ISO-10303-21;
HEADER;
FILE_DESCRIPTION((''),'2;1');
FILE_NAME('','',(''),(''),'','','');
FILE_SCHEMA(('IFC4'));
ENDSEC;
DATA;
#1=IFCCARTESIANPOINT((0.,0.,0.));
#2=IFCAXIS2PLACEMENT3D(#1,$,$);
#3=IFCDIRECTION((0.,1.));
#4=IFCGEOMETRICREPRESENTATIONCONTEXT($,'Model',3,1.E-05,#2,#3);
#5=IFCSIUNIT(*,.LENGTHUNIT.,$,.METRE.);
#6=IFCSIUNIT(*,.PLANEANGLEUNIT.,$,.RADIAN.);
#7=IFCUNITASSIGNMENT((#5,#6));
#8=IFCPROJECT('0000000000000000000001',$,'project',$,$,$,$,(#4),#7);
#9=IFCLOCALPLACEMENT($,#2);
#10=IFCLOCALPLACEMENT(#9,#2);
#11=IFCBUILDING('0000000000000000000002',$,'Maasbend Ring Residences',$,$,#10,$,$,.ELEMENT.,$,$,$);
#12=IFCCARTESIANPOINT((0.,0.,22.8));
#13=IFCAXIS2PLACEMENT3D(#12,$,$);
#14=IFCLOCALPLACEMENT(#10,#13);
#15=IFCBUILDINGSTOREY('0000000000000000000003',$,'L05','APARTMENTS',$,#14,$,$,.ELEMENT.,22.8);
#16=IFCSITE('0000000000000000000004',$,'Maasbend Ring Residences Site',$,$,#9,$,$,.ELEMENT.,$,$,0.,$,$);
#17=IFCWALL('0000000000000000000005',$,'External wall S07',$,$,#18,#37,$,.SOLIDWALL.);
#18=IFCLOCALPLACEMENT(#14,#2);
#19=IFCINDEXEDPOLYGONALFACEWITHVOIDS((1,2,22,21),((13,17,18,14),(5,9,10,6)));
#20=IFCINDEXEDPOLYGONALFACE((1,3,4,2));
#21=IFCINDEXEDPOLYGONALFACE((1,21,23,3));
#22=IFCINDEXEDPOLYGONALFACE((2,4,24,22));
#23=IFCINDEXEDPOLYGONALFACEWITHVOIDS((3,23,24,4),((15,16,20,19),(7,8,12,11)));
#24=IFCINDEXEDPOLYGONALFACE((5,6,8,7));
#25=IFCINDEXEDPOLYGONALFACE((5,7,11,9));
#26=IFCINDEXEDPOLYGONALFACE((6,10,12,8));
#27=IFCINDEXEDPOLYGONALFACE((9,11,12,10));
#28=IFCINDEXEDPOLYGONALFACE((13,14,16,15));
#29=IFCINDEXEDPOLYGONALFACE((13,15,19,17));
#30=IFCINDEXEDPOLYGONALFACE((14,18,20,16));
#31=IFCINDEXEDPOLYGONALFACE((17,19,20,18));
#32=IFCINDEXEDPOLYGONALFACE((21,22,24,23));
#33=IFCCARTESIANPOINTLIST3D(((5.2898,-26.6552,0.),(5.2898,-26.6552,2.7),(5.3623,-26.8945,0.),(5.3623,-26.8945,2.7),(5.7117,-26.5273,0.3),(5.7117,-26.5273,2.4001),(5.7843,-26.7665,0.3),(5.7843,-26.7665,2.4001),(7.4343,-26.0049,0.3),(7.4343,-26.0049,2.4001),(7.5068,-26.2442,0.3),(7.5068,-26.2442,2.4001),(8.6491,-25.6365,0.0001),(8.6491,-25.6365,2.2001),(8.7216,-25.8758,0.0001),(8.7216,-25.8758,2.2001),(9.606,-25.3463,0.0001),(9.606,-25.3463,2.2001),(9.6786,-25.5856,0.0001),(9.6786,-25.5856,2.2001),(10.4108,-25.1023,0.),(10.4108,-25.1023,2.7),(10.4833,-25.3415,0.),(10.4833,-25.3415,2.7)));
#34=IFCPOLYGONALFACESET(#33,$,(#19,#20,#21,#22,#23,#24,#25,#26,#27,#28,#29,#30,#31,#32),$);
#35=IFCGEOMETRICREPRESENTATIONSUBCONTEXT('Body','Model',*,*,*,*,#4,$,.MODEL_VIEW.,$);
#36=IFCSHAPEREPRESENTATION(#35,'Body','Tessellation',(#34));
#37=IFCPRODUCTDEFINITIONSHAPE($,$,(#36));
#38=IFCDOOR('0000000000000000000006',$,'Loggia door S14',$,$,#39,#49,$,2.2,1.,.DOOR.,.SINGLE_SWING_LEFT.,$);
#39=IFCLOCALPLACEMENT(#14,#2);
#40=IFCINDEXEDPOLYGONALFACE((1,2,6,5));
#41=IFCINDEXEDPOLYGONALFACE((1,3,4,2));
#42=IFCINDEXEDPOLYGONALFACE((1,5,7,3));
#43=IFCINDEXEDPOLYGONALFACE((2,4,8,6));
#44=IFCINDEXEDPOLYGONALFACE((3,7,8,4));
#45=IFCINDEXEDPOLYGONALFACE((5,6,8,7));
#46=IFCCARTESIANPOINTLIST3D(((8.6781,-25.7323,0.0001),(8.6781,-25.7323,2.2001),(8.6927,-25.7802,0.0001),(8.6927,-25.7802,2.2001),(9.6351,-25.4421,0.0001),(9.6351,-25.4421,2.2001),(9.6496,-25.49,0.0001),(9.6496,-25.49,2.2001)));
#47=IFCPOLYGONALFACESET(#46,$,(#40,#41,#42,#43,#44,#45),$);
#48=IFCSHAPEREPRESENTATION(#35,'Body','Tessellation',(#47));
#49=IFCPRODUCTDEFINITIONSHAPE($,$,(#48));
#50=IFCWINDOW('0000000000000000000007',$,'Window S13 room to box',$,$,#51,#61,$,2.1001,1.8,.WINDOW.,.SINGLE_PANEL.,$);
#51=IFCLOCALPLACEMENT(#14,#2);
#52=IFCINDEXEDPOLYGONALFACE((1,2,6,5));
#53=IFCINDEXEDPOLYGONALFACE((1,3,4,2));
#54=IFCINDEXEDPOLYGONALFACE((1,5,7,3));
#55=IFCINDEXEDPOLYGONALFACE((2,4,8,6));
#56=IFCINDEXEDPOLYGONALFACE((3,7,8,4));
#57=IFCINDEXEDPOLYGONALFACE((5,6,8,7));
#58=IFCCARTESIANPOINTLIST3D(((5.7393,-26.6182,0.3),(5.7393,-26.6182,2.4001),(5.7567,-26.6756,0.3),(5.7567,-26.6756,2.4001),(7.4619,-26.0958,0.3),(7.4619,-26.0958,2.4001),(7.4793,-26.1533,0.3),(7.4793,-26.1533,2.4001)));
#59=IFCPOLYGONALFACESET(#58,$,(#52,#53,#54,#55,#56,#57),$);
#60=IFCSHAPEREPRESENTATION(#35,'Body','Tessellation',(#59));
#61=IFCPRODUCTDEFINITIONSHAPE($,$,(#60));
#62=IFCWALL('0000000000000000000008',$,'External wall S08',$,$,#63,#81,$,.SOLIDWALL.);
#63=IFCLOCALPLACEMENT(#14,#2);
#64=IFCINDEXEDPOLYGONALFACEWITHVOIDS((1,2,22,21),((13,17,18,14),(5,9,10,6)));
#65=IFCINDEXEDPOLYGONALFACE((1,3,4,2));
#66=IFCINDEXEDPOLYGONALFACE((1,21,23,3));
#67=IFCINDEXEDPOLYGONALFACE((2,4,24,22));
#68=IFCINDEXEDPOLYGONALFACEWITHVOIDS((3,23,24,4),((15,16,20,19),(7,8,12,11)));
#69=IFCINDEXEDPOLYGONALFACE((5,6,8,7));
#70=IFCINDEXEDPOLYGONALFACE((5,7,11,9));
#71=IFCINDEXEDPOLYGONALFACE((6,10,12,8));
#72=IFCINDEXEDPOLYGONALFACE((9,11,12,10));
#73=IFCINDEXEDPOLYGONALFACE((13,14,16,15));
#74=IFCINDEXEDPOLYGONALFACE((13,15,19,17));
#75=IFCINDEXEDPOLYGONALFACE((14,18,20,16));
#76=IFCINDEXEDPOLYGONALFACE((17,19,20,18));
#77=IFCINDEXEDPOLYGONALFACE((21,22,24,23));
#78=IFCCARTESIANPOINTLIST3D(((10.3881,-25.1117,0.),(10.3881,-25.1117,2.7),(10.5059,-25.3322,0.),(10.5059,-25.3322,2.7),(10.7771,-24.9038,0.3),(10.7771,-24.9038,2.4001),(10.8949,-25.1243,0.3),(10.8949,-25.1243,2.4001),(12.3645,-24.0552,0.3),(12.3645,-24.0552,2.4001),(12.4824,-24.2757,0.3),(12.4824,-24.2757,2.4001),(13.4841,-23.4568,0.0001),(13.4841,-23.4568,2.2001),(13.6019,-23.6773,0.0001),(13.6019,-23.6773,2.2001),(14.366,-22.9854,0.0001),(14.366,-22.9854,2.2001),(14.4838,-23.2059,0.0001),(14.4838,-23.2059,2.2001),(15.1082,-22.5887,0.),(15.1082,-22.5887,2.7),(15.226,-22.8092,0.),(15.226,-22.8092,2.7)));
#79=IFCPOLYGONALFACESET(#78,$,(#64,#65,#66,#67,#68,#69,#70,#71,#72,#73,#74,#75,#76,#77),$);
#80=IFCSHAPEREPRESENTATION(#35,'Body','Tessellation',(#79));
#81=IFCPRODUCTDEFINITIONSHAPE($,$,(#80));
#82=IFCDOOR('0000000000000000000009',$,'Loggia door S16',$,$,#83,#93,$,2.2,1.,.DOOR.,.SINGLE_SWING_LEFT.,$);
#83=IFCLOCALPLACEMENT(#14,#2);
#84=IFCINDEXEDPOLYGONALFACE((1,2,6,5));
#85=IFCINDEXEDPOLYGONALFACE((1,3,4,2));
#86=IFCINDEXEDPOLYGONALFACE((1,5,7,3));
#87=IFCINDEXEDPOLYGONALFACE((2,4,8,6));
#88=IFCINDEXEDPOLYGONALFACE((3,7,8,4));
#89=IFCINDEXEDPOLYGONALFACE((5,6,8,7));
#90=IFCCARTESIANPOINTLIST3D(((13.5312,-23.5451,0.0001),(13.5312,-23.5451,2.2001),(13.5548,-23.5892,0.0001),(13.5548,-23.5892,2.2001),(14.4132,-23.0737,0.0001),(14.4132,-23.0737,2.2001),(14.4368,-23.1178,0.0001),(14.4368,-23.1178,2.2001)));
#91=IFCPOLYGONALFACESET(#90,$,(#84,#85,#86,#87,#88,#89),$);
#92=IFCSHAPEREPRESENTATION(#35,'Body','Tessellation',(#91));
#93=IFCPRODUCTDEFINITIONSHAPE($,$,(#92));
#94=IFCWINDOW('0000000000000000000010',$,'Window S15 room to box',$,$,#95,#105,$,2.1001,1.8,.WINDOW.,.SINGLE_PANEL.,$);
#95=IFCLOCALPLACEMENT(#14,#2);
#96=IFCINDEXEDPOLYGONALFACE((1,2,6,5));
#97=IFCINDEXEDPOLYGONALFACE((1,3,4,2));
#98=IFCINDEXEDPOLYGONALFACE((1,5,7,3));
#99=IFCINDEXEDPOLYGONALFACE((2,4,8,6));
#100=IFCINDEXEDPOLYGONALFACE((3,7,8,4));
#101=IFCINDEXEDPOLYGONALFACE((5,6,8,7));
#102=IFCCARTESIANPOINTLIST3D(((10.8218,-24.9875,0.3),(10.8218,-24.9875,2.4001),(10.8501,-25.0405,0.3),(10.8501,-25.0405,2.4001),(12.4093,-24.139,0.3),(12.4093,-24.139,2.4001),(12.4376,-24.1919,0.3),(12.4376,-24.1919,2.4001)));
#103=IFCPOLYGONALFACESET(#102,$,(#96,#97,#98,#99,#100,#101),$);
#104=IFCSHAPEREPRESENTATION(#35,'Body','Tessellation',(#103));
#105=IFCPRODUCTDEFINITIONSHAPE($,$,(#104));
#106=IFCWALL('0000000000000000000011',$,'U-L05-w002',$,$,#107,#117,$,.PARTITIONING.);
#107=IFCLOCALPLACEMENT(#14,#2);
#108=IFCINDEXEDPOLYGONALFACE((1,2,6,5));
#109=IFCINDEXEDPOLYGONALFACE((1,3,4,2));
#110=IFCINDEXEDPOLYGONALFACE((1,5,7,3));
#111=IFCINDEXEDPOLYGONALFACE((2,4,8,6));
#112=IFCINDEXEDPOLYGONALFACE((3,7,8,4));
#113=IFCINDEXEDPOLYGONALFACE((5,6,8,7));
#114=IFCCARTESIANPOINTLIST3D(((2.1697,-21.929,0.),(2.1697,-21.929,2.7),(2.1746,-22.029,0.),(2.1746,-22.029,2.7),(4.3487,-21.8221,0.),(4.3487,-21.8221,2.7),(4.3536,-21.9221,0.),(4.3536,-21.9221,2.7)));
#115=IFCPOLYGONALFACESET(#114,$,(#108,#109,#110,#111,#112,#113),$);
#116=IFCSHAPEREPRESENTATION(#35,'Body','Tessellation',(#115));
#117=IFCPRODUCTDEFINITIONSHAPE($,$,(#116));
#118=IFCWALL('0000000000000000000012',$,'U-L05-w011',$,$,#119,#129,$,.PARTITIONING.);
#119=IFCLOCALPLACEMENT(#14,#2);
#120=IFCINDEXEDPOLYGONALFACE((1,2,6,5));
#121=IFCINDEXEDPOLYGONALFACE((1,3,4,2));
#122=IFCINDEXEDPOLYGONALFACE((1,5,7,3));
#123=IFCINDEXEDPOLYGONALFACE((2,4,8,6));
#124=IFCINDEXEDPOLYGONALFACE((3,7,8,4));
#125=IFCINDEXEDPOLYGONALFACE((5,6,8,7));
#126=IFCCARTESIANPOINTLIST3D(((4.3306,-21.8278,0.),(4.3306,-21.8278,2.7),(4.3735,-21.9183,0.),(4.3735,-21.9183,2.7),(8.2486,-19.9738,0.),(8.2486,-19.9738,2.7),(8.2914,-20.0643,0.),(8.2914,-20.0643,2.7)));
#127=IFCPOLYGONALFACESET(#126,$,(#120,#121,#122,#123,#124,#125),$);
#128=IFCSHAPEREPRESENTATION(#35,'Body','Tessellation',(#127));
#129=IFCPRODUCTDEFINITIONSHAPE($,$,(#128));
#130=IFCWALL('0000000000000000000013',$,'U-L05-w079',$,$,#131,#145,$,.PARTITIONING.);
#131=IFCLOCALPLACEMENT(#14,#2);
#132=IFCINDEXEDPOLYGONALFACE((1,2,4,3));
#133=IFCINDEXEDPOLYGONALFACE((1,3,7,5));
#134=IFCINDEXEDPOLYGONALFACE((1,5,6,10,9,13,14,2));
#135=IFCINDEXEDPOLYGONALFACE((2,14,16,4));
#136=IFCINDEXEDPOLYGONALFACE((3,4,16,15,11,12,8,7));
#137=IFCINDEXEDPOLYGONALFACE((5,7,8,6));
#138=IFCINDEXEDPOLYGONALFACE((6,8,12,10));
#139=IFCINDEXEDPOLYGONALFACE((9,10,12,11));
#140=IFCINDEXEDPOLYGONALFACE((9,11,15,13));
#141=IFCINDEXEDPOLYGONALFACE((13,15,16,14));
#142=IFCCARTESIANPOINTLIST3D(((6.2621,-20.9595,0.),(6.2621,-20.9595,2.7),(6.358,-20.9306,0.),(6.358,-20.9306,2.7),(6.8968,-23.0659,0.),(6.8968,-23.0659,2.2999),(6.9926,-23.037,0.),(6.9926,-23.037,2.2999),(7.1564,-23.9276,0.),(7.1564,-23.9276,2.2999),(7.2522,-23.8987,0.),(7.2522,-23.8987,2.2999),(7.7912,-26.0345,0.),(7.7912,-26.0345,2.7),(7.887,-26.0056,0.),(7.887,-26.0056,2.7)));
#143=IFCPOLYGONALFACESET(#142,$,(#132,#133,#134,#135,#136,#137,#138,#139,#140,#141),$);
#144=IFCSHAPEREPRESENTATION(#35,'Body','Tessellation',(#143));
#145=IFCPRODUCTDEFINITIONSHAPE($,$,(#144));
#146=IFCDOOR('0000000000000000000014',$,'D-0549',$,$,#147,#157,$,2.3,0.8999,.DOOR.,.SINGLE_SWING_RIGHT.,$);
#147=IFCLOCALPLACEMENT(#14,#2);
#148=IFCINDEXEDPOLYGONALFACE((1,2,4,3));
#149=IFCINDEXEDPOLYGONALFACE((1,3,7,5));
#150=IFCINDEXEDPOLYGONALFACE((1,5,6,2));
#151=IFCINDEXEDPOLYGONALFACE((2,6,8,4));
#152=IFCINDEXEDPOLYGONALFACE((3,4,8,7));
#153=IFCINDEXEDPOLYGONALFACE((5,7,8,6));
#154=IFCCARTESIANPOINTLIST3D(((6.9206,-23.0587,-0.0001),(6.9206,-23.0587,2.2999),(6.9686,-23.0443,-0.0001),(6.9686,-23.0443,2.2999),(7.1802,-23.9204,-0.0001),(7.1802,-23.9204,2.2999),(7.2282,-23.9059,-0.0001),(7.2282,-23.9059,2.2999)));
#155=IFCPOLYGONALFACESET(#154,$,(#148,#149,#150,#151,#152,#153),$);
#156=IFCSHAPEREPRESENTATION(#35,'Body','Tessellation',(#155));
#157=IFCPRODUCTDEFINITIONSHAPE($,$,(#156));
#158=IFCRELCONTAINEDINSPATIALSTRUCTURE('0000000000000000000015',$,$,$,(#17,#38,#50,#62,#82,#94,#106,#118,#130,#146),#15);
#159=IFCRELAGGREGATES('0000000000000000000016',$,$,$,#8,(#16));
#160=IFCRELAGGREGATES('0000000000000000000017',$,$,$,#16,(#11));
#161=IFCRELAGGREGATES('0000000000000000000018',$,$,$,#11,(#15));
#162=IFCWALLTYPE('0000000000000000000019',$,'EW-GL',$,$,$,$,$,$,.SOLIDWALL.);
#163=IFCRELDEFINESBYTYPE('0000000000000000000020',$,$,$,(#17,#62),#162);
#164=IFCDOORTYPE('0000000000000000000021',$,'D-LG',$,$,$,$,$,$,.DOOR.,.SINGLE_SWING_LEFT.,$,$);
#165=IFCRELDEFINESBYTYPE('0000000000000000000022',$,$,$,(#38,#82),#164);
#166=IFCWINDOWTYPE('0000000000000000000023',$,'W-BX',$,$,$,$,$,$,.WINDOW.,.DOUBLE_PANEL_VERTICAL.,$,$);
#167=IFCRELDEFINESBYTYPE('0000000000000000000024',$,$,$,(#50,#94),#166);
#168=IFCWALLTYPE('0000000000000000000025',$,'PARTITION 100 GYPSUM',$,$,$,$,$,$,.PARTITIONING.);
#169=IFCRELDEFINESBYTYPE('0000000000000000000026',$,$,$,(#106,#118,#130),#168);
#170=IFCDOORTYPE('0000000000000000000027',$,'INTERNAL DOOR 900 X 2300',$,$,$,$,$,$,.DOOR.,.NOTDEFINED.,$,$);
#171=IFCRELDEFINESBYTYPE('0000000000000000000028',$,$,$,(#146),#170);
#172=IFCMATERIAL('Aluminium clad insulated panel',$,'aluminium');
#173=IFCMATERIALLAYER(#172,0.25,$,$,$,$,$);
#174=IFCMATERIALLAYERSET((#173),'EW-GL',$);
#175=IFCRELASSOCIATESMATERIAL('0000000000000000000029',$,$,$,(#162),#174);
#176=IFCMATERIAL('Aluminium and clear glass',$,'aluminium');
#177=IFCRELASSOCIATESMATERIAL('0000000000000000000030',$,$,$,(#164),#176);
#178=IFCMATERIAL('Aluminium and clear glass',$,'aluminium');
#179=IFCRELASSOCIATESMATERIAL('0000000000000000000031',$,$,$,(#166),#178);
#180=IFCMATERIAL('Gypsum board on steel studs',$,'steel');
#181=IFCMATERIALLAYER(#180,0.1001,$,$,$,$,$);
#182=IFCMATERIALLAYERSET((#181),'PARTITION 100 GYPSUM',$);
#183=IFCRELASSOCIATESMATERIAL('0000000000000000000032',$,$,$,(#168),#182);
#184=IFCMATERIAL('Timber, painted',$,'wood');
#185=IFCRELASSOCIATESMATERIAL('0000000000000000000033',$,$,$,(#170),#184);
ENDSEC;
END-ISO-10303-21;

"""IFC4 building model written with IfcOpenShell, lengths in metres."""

from ifc_helpers import new_model, si_unit, direction, frame, frame_2d, origin, place, context, subcontext, project, spatial, rectangle, extrude, material, layer, layer_set, type_object, element, fill, save


model = new_model("IFC4")

# Units and contexts
model_context = context("Model", 3, precision=1e-05, world=origin(), true_north=direction((0.0, 1.0)))
body_context = subcontext(model_context, "Body", "Model", "MODEL_VIEW")
ifc_project = project(units=[si_unit("LENGTHUNIT", "METRE"), si_unit("PLANEANGLEUNIT", "RADIAN")], contexts=[model_context])

# Site, building, storey
site_placement = place(None, origin())
site = spatial("IfcSite", under=ifc_project, at=site_placement, Name="Maasbend Ring Residences Site", CompositionType="ELEMENT", RefElevation=0.0)
building_placement = place(site_placement, origin())
building = spatial("IfcBuilding", under=site, at=building_placement, Name="Maasbend Ring Residences", CompositionType="ELEMENT")
storey_placement = place(building_placement, frame((0.0, 0.0, 22.8)))
storey = spatial("IfcBuildingStorey", under=building, at=storey_placement, Name="L05", Description="APARTMENTS", CompositionType="ELEMENT", Elevation=22.8)

# Walls, openings, doors, windows
ifc_material_1 = material(Name="Aluminium clad insulated panel", Category="aluminium")
ifc_layer_1 = layer(ifc_material_1, 0.25)
ifc_layer_set_1 = layer_set([ifc_layer_1], Name="EW-GL")
wall_type_1 = type_object("IfcWallType", Name="EW-GL", PredefinedType="SOLIDWALL", material=ifc_layer_set_1)
wall_1_placement = place(storey_placement, frame((5.3259, -26.7749, 0.0), z_axis=(0.0, 0.0, 1.0), x_axis=(0.956966, 0.290201, 0.0)))
wall_1 = element("IfcWall", 1, at=wall_1_placement, inside=storey, type_object=wall_type_1, Name="External wall S07", PredefinedType="SOLIDWALL", context=body_context, shape_type="SweptSolid", body=[
    extrude(rectangle(XDim=5.3513, YDim=0.25, at=frame_2d((2.6758, 0.0))), origin(), (0.0, 0.0, 1.0), 2.7),
])
opening_1_placement = place(wall_1_placement, frame((0.4412, 0.0, 0.3)))
opening_1 = element("IfcOpeningElement", 2, at=opening_1_placement, cuts=wall_1, PredefinedType="OPENING", context=body_context, shape_type="SweptSolid", body=[
    extrude(rectangle(XDim=1.8, YDim=2.1001, at=frame_2d((0.8999, 1.05))), frame((0.0, 0.135, 0.0), z_axis=(0.0, -1.0, 0.0), x_axis=(1.0, 0.0, 0.0)), (0.0, 0.0, 1.0), 0.27),
])
opening_2_placement = place(wall_1_placement, frame((3.5105, 0.0, 0.0)))
opening_2 = element("IfcOpeningElement", 3, at=opening_2_placement, cuts=wall_1, PredefinedType="OPENING", context=body_context, shape_type="SweptSolid", body=[
    extrude(rectangle(XDim=1.0, YDim=2.2, at=frame_2d((0.5, 1.1001))), frame((0.0, 0.135, 0.0), z_axis=(0.0, -1.0, 0.0), x_axis=(1.0, 0.0, 0.0)), (0.0, 0.0, 1.0), 0.27),
])
ifc_material_2 = material(Name="Aluminium and clear glass", Category="aluminium")
door_type_1 = type_object("IfcDoorType", Name="D-LG", OperationType="SINGLE_SWING_LEFT", PredefinedType="DOOR", material=ifc_material_2)
door_1_placement = place(opening_2_placement, origin())
door_1 = element("IfcDoor", 4, at=door_1_placement, inside=storey, type_object=door_type_1, Name="Loggia door S14", OperationType="SINGLE_SWING_LEFT", OverallHeight=2.2, OverallWidth=1.0, PredefinedType="DOOR", context=body_context, shape_type="SweptSolid", body=[
    extrude(rectangle(XDim=1.0, YDim=2.2, at=frame_2d((0.5, 1.1001))), frame((0.0, 0.0249, 0.0), z_axis=(0.0, -1.0, 0.0), x_axis=(1.0, 0.0, 0.0)), (0.0, 0.0, 1.0), 0.05),
])
fill(opening_2, door_1)
ifc_material_3 = material(Name="Aluminium and clear glass", Category="aluminium")
window_type_1 = type_object("IfcWindowType", Name="W-BX", PartitioningType="DOUBLE_PANEL_VERTICAL", PredefinedType="WINDOW", material=ifc_material_3)
window_1_placement = place(opening_1_placement, origin())
window_1 = element("IfcWindow", 5, at=window_1_placement, inside=storey, type_object=window_type_1, Name="Window S13 room to box", OverallHeight=2.1001, OverallWidth=1.8, PartitioningType="SINGLE_PANEL", PredefinedType="WINDOW", context=body_context, shape_type="SweptSolid", body=[
    extrude(rectangle(XDim=1.8, YDim=2.1001, at=frame_2d((0.8999, 1.05))), frame((0.0, 0.03, 0.0), z_axis=(0.0, -1.0, 0.0), x_axis=(1.0, 0.0, 0.0)), (0.0, 0.0, 1.0), 0.0601),
])
fill(opening_1, window_1)
wall_2_placement = place(storey_placement, frame((10.447, -25.2219, 0.0), z_axis=(0.0, 0.0, 1.0), x_axis=(0.881916, 0.471407, 0.0)))
wall_2 = element("IfcWall", 6, at=wall_2_placement, inside=storey, type_object=wall_type_1, Name="External wall S08", PredefinedType="SOLIDWALL", context=body_context, shape_type="SweptSolid", body=[
    extrude(rectangle(XDim=5.3521, YDim=0.25, at=frame_2d((2.676, 0.0))), origin(), (0.0, 0.0, 1.0), 2.7),
])
opening_3_placement = place(wall_2_placement, frame((0.4412, 0.0, 0.3)))
opening_3 = element("IfcOpeningElement", 7, at=opening_3_placement, cuts=wall_2, PredefinedType="OPENING", context=body_context, shape_type="SweptSolid", body=[
    extrude(rectangle(XDim=1.8, YDim=2.1001, at=frame_2d((0.8999, 1.05))), frame((0.0, 0.135, 0.0), z_axis=(0.0, -1.0, 0.0), x_axis=(1.0, 0.0, 0.0)), (0.0, 0.0, 1.0), 0.27),
])
opening_4_placement = place(wall_2_placement, frame((3.5105, 0.0, 0.0)))
opening_4 = element("IfcOpeningElement", 8, at=opening_4_placement, cuts=wall_2, PredefinedType="OPENING", context=body_context, shape_type="SweptSolid", body=[
    extrude(rectangle(XDim=1.0, YDim=2.2, at=frame_2d((0.5, 1.1001))), frame((0.0, 0.135, 0.0), z_axis=(0.0, -1.0, 0.0), x_axis=(1.0, 0.0, 0.0)), (0.0, 0.0, 1.0), 0.27),
])
door_2_placement = place(opening_4_placement, origin())
door_2 = element("IfcDoor", 9, at=door_2_placement, inside=storey, type_object=door_type_1, Name="Loggia door S16", OperationType="SINGLE_SWING_LEFT", OverallHeight=2.2, OverallWidth=1.0, PredefinedType="DOOR", context=body_context, shape_type="SweptSolid", body=[
    extrude(rectangle(XDim=1.0, YDim=2.2, at=frame_2d((0.5, 1.1001))), frame((0.0, 0.0249, 0.0), z_axis=(0.0, -1.0, 0.0), x_axis=(1.0, 0.0, 0.0)), (0.0, 0.0, 1.0), 0.05),
])
fill(opening_4, door_2)
window_2_placement = place(opening_3_placement, origin())
window_2 = element("IfcWindow", 10, at=window_2_placement, inside=storey, type_object=window_type_1, Name="Window S15 room to box", OverallHeight=2.1001, OverallWidth=1.8, PartitioningType="SINGLE_PANEL", PredefinedType="WINDOW", context=body_context, shape_type="SweptSolid", body=[
    extrude(rectangle(XDim=1.8, YDim=2.1001, at=frame_2d((0.8999, 1.05))), frame((0.0, 0.03, 0.0), z_axis=(0.0, -1.0, 0.0), x_axis=(1.0, 0.0, 0.0)), (0.0, 0.0, 1.0), 0.0601),
])
fill(opening_3, window_2)

# Walls
ifc_material_4 = material(Name="Gypsum board on steel studs", Category="steel")
ifc_layer_2 = layer(ifc_material_4, 0.1001)
ifc_layer_set_2 = layer_set([ifc_layer_2], Name="PARTITION 100 GYPSUM")
wall_type_2 = type_object("IfcWallType", Name="PARTITION 100 GYPSUM", PredefinedType="PARTITIONING", material=ifc_layer_set_2)
wall_3_placement = place(storey_placement, frame((2.1721, -21.979, 0.0), z_axis=(0.0, 0.0, 1.0), x_axis=(0.998798, 0.049017, 0.0)))
element("IfcWall", 11, at=wall_3_placement, inside=storey, type_object=wall_type_2, Name="U-L05-w002", PredefinedType="PARTITIONING", context=body_context, shape_type="SweptSolid", body=[
    extrude(rectangle(XDim=2.1816, YDim=0.1001, at=frame_2d((1.0908, 0.0))), origin(), (0.0, 0.0, 1.0), 2.7),
])
wall_4_placement = place(storey_placement, frame((4.3521, -21.873, 0.0), z_axis=(0.0, 0.0, 1.0), x_axis=(0.903905, 0.427733, 0.0)))
element("IfcWall", 12, at=wall_4_placement, inside=storey, type_object=wall_type_2, Name="U-L05-w011", PredefinedType="PARTITIONING", context=body_context, shape_type="SweptSolid", body=[
    extrude(rectangle(XDim=4.3345, YDim=0.1001, at=frame_2d((2.1672, 0.0))), origin(), (0.0, 0.0, 1.0), 2.7),
])

# Wall, opening, door
wall_5_placement = place(storey_placement, frame((6.3101, -20.9451, 0.0), z_axis=(0.0, 0.0, 1.0), x_axis=(0.288484, -0.957485, 0.0)))
wall_5 = element("IfcWall", 13, at=wall_5_placement, inside=storey, type_object=wall_type_2, Name="U-L05-w079", PredefinedType="PARTITIONING", context=body_context, shape_type="SweptSolid", body=[
    extrude(rectangle(XDim=5.3003, YDim=0.1001, at=frame_2d((2.6501, 0.0))), origin(), (0.0, 0.0, 1.0), 2.7),
])
opening_5_placement = place(wall_5_placement, frame((2.2, 0.0, 0.0)))
opening_5 = element("IfcOpeningElement", 14, at=opening_5_placement, cuts=wall_5, PredefinedType="OPENING", context=body_context, shape_type="SweptSolid", body=[
    extrude(rectangle(XDim=0.8999, YDim=2.3, at=frame_2d((0.45, 1.1499))), frame((0.0, 0.0601, 0.0), z_axis=(0.0, -1.0, 0.0), x_axis=(1.0, 0.0, 0.0)), (0.0, 0.0, 1.0), 0.1201),
])
ifc_material_5 = material(Name="Timber, painted", Category="wood")
door_type_2 = type_object("IfcDoorType", Name="INTERNAL DOOR 900 X 2300", OperationType="NOTDEFINED", PredefinedType="DOOR", material=ifc_material_5)
door_3_placement = place(opening_5_placement, origin())
door_3 = element("IfcDoor", 15, at=door_3_placement, inside=storey, type_object=door_type_2, Name="D-0549", OperationType="SINGLE_SWING_RIGHT", OverallHeight=2.3, OverallWidth=0.8999, PredefinedType="DOOR", context=body_context, shape_type="SweptSolid", body=[
    extrude(rectangle(XDim=0.8999, YDim=2.3, at=frame_2d((0.45, 1.1499))), frame((0.0, 0.0249, 0.0), z_axis=(0.0, -1.0, 0.0), x_axis=(1.0, 0.0, 0.0)), (0.0, 0.0, 1.0), 0.05),
])
fill(opening_5, door_3)

save(model, "model.ifc")
